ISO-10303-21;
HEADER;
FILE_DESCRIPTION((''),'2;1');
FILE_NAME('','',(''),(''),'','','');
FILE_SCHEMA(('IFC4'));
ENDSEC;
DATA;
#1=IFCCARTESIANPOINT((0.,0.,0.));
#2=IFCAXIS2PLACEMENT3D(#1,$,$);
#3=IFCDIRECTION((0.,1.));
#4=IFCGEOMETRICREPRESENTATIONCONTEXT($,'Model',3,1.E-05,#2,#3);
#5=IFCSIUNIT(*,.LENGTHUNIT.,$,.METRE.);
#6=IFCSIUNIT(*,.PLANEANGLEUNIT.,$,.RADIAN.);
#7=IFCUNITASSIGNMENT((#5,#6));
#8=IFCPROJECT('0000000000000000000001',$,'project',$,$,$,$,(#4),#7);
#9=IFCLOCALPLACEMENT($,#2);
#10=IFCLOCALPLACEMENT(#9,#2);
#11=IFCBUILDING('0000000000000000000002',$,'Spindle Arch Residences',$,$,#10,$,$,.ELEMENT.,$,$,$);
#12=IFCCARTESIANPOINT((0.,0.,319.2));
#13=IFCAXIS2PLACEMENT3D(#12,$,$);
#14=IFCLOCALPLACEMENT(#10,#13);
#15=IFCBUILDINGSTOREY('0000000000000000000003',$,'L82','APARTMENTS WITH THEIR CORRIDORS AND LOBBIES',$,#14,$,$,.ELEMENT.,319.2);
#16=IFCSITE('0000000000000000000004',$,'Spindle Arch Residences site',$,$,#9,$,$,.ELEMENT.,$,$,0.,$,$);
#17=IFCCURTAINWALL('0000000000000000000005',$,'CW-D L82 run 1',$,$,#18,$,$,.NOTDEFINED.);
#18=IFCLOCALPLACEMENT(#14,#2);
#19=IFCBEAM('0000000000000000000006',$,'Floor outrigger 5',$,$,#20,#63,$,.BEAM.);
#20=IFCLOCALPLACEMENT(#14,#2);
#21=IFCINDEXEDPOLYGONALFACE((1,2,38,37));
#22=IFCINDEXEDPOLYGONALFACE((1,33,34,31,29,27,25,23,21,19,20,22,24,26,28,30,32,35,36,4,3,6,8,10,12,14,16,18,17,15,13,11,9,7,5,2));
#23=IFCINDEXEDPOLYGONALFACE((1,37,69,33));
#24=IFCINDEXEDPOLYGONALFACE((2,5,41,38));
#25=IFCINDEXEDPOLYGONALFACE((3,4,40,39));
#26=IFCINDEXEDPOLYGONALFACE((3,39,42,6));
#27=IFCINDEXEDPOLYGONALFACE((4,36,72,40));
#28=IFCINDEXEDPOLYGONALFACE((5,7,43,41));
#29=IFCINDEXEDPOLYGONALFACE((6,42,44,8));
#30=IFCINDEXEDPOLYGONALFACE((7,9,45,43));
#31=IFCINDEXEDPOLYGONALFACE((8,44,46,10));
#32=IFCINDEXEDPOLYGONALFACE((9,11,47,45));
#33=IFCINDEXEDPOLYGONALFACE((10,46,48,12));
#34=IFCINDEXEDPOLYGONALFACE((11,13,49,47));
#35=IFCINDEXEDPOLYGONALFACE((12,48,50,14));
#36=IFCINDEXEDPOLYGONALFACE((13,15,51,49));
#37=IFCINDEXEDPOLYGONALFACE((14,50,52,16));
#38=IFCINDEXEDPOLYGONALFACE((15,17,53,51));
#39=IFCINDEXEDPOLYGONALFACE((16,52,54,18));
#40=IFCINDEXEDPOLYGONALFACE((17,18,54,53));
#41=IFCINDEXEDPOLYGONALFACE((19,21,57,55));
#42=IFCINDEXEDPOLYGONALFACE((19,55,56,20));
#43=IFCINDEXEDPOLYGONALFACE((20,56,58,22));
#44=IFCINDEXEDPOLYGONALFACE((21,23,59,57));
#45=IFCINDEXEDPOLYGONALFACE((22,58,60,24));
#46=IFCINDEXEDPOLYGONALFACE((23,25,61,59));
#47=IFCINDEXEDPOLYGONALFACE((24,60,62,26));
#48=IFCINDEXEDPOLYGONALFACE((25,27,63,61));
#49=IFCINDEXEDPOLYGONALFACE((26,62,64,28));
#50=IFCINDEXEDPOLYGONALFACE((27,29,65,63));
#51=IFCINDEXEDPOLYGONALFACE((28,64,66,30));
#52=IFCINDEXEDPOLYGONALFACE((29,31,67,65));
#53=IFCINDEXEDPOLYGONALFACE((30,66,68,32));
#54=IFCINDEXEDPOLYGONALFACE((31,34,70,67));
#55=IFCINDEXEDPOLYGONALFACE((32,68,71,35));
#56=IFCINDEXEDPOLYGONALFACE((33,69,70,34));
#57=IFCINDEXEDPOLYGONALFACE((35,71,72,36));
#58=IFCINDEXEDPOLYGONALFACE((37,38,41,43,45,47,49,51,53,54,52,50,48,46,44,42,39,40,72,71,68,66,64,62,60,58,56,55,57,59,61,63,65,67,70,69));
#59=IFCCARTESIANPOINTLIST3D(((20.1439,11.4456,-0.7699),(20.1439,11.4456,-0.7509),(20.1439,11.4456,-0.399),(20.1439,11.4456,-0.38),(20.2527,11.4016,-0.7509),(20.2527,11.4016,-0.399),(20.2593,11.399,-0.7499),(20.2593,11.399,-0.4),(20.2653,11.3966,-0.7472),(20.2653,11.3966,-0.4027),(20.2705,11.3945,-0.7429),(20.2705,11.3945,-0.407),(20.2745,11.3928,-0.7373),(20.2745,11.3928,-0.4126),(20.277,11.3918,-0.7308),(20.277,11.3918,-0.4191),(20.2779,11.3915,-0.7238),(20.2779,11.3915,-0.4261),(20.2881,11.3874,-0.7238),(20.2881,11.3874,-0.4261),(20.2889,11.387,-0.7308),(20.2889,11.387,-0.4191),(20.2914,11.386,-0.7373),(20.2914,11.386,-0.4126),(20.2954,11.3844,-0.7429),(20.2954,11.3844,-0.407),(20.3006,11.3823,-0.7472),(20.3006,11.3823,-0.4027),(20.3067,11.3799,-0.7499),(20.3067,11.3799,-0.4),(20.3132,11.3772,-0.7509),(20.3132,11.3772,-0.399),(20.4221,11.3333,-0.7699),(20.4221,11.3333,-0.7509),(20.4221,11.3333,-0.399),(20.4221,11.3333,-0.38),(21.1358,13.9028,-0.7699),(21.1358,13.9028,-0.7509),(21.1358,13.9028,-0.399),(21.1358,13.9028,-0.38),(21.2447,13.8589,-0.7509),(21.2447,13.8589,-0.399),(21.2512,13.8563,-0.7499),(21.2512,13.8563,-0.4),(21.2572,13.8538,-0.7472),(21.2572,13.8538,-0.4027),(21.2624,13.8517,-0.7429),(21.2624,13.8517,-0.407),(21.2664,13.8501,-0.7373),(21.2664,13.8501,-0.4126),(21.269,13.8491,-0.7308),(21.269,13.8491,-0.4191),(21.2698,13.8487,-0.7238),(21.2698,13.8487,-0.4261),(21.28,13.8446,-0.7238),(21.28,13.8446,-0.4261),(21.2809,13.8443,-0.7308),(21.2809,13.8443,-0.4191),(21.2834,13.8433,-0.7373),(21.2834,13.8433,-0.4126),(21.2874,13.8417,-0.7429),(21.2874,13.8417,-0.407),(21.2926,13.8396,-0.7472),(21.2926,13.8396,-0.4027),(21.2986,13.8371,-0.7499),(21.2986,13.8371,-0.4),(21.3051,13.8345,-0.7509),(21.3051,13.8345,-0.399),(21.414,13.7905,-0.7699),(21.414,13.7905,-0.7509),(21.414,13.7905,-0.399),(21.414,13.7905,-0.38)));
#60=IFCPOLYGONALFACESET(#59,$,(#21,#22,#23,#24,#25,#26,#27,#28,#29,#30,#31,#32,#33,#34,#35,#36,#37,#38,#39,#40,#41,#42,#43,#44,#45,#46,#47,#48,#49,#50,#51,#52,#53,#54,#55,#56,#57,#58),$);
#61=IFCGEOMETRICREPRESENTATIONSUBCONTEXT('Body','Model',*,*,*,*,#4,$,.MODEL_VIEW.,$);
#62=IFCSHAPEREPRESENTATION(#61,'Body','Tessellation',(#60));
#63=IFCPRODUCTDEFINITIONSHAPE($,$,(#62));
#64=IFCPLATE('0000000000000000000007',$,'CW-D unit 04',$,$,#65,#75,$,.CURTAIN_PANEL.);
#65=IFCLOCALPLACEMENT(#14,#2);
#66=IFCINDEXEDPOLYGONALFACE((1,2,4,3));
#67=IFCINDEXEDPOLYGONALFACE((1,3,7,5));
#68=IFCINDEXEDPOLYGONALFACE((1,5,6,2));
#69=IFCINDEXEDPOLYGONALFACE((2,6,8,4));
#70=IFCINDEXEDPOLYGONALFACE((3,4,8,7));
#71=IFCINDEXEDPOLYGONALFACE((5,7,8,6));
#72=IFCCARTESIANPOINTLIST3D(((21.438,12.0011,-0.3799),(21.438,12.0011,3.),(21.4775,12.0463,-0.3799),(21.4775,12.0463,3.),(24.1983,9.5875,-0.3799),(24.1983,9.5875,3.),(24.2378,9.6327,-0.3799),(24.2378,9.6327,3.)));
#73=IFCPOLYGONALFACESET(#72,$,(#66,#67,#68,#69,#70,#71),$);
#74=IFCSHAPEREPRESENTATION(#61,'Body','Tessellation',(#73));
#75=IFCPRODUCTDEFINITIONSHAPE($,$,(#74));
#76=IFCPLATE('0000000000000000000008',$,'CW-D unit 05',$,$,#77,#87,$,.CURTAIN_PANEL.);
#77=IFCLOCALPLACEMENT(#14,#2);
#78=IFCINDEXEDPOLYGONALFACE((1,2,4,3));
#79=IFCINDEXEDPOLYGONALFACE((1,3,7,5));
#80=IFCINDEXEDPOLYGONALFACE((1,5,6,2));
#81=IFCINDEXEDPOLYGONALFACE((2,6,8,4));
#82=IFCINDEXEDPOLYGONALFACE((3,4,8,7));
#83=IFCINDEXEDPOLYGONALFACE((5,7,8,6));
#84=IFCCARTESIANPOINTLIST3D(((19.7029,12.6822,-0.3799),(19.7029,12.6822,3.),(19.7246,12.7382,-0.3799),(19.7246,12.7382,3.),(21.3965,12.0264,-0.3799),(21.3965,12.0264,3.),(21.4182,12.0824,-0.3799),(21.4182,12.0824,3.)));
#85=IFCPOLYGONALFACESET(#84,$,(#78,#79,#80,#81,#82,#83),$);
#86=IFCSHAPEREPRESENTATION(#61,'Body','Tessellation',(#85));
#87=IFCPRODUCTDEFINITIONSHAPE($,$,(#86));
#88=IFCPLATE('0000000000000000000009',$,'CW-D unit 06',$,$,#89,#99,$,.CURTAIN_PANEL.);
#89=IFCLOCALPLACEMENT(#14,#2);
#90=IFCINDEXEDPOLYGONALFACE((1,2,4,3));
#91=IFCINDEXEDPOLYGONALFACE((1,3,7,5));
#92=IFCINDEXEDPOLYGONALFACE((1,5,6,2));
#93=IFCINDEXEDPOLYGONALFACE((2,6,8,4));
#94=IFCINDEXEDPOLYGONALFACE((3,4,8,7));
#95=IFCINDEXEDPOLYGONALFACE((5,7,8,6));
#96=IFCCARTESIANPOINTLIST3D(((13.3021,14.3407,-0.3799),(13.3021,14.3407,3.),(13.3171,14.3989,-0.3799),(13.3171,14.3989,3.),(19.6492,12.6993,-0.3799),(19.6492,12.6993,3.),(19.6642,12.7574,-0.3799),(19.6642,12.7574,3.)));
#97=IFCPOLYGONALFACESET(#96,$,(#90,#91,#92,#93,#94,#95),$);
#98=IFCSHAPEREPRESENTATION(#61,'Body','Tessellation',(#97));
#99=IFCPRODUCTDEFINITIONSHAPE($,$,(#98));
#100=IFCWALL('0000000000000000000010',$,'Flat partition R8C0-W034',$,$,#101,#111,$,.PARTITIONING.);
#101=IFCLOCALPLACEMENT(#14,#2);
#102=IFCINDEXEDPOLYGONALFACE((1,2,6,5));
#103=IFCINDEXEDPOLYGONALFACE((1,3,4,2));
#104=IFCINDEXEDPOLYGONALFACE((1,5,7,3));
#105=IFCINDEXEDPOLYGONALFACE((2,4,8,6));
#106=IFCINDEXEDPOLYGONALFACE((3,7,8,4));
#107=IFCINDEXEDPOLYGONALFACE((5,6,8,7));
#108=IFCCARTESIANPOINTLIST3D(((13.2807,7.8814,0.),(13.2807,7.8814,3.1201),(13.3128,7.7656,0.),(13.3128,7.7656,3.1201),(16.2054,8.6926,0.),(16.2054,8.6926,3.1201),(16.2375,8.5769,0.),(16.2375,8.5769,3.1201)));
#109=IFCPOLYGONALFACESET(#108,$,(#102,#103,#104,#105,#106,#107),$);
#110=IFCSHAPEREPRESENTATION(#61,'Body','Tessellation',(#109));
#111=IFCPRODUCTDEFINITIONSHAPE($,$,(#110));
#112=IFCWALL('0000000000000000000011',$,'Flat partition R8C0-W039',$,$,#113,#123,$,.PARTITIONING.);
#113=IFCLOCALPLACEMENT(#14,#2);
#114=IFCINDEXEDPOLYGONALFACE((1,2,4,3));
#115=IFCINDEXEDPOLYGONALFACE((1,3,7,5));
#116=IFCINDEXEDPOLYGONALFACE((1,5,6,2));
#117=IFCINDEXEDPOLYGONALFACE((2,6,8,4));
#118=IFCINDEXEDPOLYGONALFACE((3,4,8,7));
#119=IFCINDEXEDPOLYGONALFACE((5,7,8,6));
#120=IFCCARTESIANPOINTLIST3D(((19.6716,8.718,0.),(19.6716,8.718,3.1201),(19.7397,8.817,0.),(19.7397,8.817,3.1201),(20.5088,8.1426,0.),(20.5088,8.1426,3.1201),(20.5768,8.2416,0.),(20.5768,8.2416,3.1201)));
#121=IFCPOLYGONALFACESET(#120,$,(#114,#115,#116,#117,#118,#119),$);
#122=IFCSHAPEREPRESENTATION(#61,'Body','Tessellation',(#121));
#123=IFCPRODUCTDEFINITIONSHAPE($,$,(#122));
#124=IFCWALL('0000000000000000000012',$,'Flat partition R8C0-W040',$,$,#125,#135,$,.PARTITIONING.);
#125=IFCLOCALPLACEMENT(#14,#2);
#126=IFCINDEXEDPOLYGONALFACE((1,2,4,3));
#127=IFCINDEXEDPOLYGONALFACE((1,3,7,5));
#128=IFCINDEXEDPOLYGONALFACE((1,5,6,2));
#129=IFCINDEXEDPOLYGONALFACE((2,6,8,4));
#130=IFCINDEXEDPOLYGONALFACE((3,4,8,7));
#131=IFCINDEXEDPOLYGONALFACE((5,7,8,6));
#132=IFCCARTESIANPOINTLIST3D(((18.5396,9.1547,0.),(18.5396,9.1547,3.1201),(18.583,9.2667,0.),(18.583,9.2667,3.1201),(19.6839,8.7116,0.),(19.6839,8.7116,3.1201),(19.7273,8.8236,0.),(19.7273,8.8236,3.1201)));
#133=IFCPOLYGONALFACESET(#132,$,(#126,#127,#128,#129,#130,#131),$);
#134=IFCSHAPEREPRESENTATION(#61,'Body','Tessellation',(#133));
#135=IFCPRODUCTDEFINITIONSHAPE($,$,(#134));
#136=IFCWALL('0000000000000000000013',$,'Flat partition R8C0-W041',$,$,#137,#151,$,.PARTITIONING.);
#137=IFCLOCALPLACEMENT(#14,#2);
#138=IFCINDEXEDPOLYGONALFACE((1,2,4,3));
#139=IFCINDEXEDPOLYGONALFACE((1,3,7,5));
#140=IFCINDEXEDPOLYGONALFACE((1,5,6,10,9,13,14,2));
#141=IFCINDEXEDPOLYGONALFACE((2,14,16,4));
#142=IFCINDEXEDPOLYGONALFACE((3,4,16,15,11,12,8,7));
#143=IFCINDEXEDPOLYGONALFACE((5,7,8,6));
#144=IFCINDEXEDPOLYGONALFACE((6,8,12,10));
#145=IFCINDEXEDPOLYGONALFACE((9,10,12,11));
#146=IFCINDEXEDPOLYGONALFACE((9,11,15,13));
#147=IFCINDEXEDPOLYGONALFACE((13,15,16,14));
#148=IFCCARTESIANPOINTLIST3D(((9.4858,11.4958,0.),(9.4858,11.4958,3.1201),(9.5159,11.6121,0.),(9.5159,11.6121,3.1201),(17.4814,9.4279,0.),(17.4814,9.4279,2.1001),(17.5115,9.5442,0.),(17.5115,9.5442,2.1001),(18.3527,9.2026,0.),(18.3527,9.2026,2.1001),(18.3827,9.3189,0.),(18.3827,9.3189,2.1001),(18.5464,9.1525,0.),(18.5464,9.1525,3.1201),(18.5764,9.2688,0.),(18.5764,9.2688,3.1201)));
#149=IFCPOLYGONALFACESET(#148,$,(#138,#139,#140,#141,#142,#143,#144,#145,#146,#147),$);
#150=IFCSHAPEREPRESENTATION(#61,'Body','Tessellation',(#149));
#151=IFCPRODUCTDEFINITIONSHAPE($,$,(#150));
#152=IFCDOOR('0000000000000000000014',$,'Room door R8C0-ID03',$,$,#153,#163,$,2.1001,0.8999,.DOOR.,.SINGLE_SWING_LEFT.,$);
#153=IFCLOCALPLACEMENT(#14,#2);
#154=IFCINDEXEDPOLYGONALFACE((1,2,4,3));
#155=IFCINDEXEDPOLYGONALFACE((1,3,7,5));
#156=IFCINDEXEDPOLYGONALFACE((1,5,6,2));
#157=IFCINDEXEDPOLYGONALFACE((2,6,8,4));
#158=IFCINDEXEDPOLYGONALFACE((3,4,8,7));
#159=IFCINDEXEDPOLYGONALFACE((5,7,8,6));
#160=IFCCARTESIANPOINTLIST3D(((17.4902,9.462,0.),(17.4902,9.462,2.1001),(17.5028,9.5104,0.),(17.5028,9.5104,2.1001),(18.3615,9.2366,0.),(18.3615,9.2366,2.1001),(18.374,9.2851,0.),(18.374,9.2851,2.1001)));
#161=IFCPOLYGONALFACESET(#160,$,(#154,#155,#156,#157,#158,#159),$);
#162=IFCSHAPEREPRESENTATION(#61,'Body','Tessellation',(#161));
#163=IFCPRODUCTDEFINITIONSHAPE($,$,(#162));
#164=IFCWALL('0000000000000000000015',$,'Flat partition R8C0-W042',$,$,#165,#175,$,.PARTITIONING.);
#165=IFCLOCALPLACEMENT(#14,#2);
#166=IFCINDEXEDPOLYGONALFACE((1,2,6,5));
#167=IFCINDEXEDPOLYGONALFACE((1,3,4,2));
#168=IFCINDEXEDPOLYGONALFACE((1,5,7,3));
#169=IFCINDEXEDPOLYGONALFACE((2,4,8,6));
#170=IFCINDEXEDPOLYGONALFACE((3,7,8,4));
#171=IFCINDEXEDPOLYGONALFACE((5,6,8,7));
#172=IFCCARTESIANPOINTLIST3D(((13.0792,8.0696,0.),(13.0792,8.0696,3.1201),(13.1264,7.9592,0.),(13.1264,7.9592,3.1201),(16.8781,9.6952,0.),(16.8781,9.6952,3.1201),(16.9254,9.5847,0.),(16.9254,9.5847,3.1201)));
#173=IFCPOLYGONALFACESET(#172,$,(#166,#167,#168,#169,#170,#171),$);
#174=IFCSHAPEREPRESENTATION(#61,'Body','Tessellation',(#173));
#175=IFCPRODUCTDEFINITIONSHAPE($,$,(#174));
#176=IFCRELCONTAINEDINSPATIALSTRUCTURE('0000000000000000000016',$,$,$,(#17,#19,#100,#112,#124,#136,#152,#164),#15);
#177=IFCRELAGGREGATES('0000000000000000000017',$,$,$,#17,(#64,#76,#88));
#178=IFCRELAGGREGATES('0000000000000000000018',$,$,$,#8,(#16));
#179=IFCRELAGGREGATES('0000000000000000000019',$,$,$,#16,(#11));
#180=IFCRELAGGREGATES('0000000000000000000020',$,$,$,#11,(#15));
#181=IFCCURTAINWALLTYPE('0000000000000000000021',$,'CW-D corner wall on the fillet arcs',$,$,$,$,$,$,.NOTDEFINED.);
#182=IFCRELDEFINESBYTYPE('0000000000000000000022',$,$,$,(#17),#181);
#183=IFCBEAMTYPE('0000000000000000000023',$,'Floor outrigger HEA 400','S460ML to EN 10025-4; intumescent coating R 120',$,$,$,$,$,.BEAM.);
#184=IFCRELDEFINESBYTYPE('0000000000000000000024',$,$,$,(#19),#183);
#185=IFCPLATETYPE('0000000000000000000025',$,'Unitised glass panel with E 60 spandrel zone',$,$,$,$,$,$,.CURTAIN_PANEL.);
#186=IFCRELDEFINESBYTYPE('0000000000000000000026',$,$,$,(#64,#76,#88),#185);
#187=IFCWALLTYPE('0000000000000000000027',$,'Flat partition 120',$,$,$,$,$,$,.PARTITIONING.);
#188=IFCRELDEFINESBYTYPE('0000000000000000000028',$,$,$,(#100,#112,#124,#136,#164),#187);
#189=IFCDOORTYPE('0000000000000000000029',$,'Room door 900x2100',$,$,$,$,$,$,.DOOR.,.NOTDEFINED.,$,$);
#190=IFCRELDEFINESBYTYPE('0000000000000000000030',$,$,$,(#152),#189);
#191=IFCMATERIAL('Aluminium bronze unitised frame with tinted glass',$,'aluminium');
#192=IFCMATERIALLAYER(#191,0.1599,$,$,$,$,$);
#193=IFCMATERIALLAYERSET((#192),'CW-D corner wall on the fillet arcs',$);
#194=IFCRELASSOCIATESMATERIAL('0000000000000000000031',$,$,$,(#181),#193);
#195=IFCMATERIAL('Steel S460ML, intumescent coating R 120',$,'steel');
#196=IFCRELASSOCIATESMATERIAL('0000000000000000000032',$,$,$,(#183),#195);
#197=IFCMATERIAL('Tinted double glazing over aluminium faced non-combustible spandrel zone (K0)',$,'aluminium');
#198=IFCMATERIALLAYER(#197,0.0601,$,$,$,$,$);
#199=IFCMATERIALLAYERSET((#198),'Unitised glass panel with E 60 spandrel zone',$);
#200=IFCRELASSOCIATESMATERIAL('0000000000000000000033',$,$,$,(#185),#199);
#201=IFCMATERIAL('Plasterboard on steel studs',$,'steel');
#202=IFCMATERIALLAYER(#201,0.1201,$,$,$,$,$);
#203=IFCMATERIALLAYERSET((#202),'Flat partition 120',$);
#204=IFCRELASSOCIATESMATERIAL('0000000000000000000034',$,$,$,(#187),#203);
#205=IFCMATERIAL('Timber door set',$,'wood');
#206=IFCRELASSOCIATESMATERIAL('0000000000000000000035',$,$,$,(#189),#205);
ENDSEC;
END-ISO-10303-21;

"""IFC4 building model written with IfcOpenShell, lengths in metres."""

from ifc_helpers import new_model, si_unit, direction, frame, frame_2d, origin, origin_2d, place, context, subcontext, project, spatial, rectangle, i_section, extrude, material, layer, layer_set, material_profile, profile_set, type_object, element, fill, aggregate, save


model = new_model("IFC4")

# Units and contexts
model_context = context("Model", 3, precision=1e-05, world=origin(), true_north=direction((0.0, 1.0)))
body_context = subcontext(model_context, "Body", "Model", "MODEL_VIEW")
ifc_project = project(units=[si_unit("LENGTHUNIT", "METRE"), si_unit("PLANEANGLEUNIT", "RADIAN")], contexts=[model_context])

# Site, building, storey
site_placement = place(None, origin())
site = spatial("IfcSite", under=ifc_project, at=site_placement, Name="Spindle Arch Residences site", CompositionType="ELEMENT", RefElevation=0.0)
building_placement = place(site_placement, origin())
building = spatial("IfcBuilding", under=site, at=building_placement, Name="Spindle Arch Residences", CompositionType="ELEMENT")
storey_placement = place(building_placement, frame((0.0, 0.0, 319.2)))
storey = spatial("IfcBuildingStorey", under=building, at=storey_placement, Name="L82", Description="APARTMENTS WITH THEIR CORRIDORS AND LOBBIES", CompositionType="ELEMENT", Elevation=319.2)

# Curtain wall
ifc_material_1 = material(Name="Aluminium bronze unitised frame with tinted glass", Category="aluminium")
ifc_layer_1 = layer(ifc_material_1, 0.1599)
ifc_layer_set_1 = layer_set([ifc_layer_1], Name="CW-D corner wall on the fillet arcs")
curtain_wall_type = type_object("IfcCurtainWallType", Name="CW-D corner wall on the fillet arcs", PredefinedType="NOTDEFINED", material=ifc_layer_set_1)
curtain_wall_placement = place(storey_placement, origin())
curtain_wall = element("IfcCurtainWall", 1, at=curtain_wall_placement, inside=storey, type_object=curtain_wall_type, Name="CW-D L82 run 1", PredefinedType="NOTDEFINED")

# Beam
ifc_material_2 = material(Name="Steel S460ML, intumescent coating R 120", Category="steel")
ifc_material_profile_1 = material_profile(ifc_material_2, i_section(OverallWidth=0.3, OverallDepth=0.3899, WebThickness=0.011, FlangeThickness=0.019, FilletRadius=0.0271, at=origin_2d()), Name="HEA 400")
ifc_profile_set_1 = profile_set([ifc_material_profile_1], Name="Steel S460ML, intumescent coating R 120")
beam_type_1 = type_object("IfcBeamType", Name="Floor outrigger HEA 400", Description="S460ML to EN 10025-4; intumescent coating R 120", PredefinedType="BEAM", material=ifc_profile_set_1)
for number, where, z_axis, x_axis, name in (
    (2, (21.2749, 13.8467, -0.575), (-0.374327, -0.927297, 0.0), (0.927297, -0.374327, 0.0), "Floor outrigger 5"),
):
    element("IfcBeam", number, at=place(storey_placement, frame(where, z_axis=z_axis, x_axis=x_axis)), inside=storey, type_object=beam_type_1, Name=name, PredefinedType="BEAM", context=body_context, shape_type="SweptSolid", body=[
        extrude(i_section(OverallWidth=0.3, OverallDepth=0.3899, WebThickness=0.011, FlangeThickness=0.019, FilletRadius=0.0271, at=origin_2d()), origin(), (0.0, 0.0, 1.0), 2.6499),
    ])

# Plates
ifc_material_3 = material(Name="Tinted double glazing over aluminium faced non-combustible spandrel zone (K0)", Category="aluminium")
ifc_layer_2 = layer(ifc_material_3, 0.0601)
ifc_layer_set_2 = layer_set([ifc_layer_2], Name="Unitised glass panel with E 60 spandrel zone")
plate_type = type_object("IfcPlateType", Name="Unitised glass panel with E 60 spandrel zone", PredefinedType="CURTAIN_PANEL", material=ifc_layer_set_2)
plate_1_placement = place(storey_placement, frame((22.8379, 10.8169, -0.3799), z_axis=(0.0, 0.0, 1.0), x_axis=(-0.752798, 0.658252, 0.0)))
plate_1 = element("IfcPlate", 3, at=plate_1_placement, type_object=plate_type, Name="CW-D unit 04", PredefinedType="CURTAIN_PANEL", context=body_context, shape_type="SweptSolid", body=[
    extrude(rectangle(XDim=3.6667, YDim=0.0601, at=origin_2d()), origin(), (0.0, 0.0, 1.0), 3.3799),
])
plate_2_placement = place(storey_placement, frame((20.5605, 12.3823, -0.3799), z_axis=(0.0, 0.0, 1.0), x_axis=(-0.932534, 0.361082, 0.0)))
plate_2 = element("IfcPlate", 4, at=plate_2_placement, type_object=plate_type, Name="CW-D unit 05", PredefinedType="CURTAIN_PANEL", context=body_context, shape_type="SweptSolid", body=[
    extrude(rectangle(XDim=1.8162, YDim=0.0601, at=origin_2d()), origin(), (0.0, 0.0, 1.0), 3.3799),
])
plate_3_placement = place(storey_placement, frame((16.4832, 13.5491, -0.3799), z_axis=(0.0, 0.0, 1.0), x_axis=(-0.968148, 0.25038, 0.0)))
plate_3 = element("IfcPlate", 5, at=plate_3_placement, type_object=plate_type, Name="CW-D unit 06", PredefinedType="CURTAIN_PANEL", context=body_context, shape_type="SweptSolid", body=[
    extrude(rectangle(XDim=6.5559, YDim=0.0601, at=origin_2d()), origin(), (0.0, 0.0, 1.0), 3.3799),
])
aggregate(curtain_wall, [plate_1, plate_2, plate_3])

# Walls
ifc_material_4 = material(Name="Plasterboard on steel studs", Category="steel")
ifc_layer_3 = layer(ifc_material_4, 0.1201)
ifc_layer_set_3 = layer_set([ifc_layer_3], Name="Flat partition 120")
wall_type = type_object("IfcWallType", Name="Flat partition 120", PredefinedType="PARTITIONING", material=ifc_layer_set_3)
wall_1_placement = place(storey_placement, frame((16.2214, 8.6348, 0.0), z_axis=(0.0, 0.0, 1.0), x_axis=(-0.963617, -0.267287, 0.0)))
element("IfcWall", 6, at=wall_1_placement, inside=storey, type_object=wall_type, Name="Flat partition R8C0-W034", PredefinedType="PARTITIONING", context=body_context, shape_type="SweptSolid", body=[
    extrude(rectangle(XDim=3.0352, YDim=0.1201, at=frame_2d((1.5176, 0.0))), origin(), (0.0, 0.0, 1.0), 3.1201),
])
wall_2_placement = place(storey_placement, frame((20.5427, 8.1921, 0.0), z_axis=(0.0, 0.0, 1.0), x_axis=(-0.824091, 0.566457, 0.0)))
element("IfcWall", 7, at=wall_2_placement, inside=storey, type_object=wall_type, Name="Flat partition R8C0-W039", PredefinedType="PARTITIONING", context=body_context, shape_type="SweptSolid", body=[
    extrude(rectangle(XDim=1.0159, YDim=0.1201, at=frame_2d((0.5078, 0.0))), origin(), (0.0, 0.0, 1.0), 3.1201),
])
wall_3_placement = place(storey_placement, frame((19.7056, 8.7676, 0.0), z_axis=(0.0, 0.0, 1.0), x_axis=(-0.932523, 0.361111, 0.0)))
element("IfcWall", 8, at=wall_3_placement, inside=storey, type_object=wall_type, Name="Flat partition R8C0-W040", PredefinedType="PARTITIONING", context=body_context, shape_type="SweptSolid", body=[
    extrude(rectangle(XDim=1.2271, YDim=0.1201, at=frame_2d((0.6135, 0.0))), origin(), (0.0, 0.0, 1.0), 3.1201),
])

# Wall, opening, door
wall_4_placement = place(storey_placement, frame((18.5613, 9.2107, 0.0), z_axis=(0.0, 0.0, 1.0), x_axis=(-0.968146, 0.250385, 0.0)))
wall_4 = element("IfcWall", 9, at=wall_4_placement, inside=storey, type_object=wall_type, Name="Flat partition R8C0-W041", PredefinedType="PARTITIONING", context=body_context, shape_type="SweptSolid", body=[
    extrude(rectangle(XDim=9.3586, YDim=0.1201, at=frame_2d((4.6792, 0.0))), origin(), (0.0, 0.0, 1.0), 3.1201),
])
opening_1_placement = place(wall_4_placement, frame((0.2, 0.0, 0.0)))
opening_1 = element("IfcOpeningElement", 10, at=opening_1_placement, cuts=wall_4, PredefinedType="OPENING", context=body_context, shape_type="SweptSolid", body=[
    extrude(rectangle(XDim=0.8999, YDim=2.1001, at=frame_2d((0.45, 1.05))), frame((0.0, 0.0701, 0.0), z_axis=(0.0, -1.0, 0.0), x_axis=(1.0, 0.0, 0.0)), (0.0, 0.0, 1.0), 0.1401),
])
ifc_material_5 = material(Name="Timber door set", Category="wood")
door_type = type_object("IfcDoorType", Name="Room door 900x2100", OperationType="NOTDEFINED", PredefinedType="DOOR", material=ifc_material_5)
door_1_placement = place(opening_1_placement, origin())
door_1 = element("IfcDoor", 11, at=door_1_placement, inside=storey, type_object=door_type, Name="Room door R8C0-ID03", OperationType="SINGLE_SWING_LEFT", OverallHeight=2.1001, OverallWidth=0.8999, PredefinedType="DOOR", context=body_context, shape_type="SweptSolid", body=[
    extrude(rectangle(XDim=0.8999, YDim=2.1001, at=frame_2d((0.45, 1.05))), frame((0.0, 0.0249, 0.0), z_axis=(0.0, -1.0, 0.0), x_axis=(1.0, 0.0, 0.0)), (0.0, 0.0, 1.0), 0.05),
])
fill(opening_1, door_1)

# Wall
wall_5_placement = place(storey_placement, frame((16.9016, 9.6399, 0.0), z_axis=(0.0, 0.0, 1.0), x_axis=(-0.919371, -0.393392, 0.0)))
element("IfcWall", 12, at=wall_5_placement, inside=storey, type_object=wall_type, Name="Flat partition R8C0-W042", PredefinedType="PARTITIONING", context=body_context, shape_type="SweptSolid", body=[
    extrude(rectangle(XDim=4.1321, YDim=0.1201, at=frame_2d((2.0659, 0.0))), origin(), (0.0, 0.0, 1.0), 3.1201),
])

save(model, "model.ifc")
